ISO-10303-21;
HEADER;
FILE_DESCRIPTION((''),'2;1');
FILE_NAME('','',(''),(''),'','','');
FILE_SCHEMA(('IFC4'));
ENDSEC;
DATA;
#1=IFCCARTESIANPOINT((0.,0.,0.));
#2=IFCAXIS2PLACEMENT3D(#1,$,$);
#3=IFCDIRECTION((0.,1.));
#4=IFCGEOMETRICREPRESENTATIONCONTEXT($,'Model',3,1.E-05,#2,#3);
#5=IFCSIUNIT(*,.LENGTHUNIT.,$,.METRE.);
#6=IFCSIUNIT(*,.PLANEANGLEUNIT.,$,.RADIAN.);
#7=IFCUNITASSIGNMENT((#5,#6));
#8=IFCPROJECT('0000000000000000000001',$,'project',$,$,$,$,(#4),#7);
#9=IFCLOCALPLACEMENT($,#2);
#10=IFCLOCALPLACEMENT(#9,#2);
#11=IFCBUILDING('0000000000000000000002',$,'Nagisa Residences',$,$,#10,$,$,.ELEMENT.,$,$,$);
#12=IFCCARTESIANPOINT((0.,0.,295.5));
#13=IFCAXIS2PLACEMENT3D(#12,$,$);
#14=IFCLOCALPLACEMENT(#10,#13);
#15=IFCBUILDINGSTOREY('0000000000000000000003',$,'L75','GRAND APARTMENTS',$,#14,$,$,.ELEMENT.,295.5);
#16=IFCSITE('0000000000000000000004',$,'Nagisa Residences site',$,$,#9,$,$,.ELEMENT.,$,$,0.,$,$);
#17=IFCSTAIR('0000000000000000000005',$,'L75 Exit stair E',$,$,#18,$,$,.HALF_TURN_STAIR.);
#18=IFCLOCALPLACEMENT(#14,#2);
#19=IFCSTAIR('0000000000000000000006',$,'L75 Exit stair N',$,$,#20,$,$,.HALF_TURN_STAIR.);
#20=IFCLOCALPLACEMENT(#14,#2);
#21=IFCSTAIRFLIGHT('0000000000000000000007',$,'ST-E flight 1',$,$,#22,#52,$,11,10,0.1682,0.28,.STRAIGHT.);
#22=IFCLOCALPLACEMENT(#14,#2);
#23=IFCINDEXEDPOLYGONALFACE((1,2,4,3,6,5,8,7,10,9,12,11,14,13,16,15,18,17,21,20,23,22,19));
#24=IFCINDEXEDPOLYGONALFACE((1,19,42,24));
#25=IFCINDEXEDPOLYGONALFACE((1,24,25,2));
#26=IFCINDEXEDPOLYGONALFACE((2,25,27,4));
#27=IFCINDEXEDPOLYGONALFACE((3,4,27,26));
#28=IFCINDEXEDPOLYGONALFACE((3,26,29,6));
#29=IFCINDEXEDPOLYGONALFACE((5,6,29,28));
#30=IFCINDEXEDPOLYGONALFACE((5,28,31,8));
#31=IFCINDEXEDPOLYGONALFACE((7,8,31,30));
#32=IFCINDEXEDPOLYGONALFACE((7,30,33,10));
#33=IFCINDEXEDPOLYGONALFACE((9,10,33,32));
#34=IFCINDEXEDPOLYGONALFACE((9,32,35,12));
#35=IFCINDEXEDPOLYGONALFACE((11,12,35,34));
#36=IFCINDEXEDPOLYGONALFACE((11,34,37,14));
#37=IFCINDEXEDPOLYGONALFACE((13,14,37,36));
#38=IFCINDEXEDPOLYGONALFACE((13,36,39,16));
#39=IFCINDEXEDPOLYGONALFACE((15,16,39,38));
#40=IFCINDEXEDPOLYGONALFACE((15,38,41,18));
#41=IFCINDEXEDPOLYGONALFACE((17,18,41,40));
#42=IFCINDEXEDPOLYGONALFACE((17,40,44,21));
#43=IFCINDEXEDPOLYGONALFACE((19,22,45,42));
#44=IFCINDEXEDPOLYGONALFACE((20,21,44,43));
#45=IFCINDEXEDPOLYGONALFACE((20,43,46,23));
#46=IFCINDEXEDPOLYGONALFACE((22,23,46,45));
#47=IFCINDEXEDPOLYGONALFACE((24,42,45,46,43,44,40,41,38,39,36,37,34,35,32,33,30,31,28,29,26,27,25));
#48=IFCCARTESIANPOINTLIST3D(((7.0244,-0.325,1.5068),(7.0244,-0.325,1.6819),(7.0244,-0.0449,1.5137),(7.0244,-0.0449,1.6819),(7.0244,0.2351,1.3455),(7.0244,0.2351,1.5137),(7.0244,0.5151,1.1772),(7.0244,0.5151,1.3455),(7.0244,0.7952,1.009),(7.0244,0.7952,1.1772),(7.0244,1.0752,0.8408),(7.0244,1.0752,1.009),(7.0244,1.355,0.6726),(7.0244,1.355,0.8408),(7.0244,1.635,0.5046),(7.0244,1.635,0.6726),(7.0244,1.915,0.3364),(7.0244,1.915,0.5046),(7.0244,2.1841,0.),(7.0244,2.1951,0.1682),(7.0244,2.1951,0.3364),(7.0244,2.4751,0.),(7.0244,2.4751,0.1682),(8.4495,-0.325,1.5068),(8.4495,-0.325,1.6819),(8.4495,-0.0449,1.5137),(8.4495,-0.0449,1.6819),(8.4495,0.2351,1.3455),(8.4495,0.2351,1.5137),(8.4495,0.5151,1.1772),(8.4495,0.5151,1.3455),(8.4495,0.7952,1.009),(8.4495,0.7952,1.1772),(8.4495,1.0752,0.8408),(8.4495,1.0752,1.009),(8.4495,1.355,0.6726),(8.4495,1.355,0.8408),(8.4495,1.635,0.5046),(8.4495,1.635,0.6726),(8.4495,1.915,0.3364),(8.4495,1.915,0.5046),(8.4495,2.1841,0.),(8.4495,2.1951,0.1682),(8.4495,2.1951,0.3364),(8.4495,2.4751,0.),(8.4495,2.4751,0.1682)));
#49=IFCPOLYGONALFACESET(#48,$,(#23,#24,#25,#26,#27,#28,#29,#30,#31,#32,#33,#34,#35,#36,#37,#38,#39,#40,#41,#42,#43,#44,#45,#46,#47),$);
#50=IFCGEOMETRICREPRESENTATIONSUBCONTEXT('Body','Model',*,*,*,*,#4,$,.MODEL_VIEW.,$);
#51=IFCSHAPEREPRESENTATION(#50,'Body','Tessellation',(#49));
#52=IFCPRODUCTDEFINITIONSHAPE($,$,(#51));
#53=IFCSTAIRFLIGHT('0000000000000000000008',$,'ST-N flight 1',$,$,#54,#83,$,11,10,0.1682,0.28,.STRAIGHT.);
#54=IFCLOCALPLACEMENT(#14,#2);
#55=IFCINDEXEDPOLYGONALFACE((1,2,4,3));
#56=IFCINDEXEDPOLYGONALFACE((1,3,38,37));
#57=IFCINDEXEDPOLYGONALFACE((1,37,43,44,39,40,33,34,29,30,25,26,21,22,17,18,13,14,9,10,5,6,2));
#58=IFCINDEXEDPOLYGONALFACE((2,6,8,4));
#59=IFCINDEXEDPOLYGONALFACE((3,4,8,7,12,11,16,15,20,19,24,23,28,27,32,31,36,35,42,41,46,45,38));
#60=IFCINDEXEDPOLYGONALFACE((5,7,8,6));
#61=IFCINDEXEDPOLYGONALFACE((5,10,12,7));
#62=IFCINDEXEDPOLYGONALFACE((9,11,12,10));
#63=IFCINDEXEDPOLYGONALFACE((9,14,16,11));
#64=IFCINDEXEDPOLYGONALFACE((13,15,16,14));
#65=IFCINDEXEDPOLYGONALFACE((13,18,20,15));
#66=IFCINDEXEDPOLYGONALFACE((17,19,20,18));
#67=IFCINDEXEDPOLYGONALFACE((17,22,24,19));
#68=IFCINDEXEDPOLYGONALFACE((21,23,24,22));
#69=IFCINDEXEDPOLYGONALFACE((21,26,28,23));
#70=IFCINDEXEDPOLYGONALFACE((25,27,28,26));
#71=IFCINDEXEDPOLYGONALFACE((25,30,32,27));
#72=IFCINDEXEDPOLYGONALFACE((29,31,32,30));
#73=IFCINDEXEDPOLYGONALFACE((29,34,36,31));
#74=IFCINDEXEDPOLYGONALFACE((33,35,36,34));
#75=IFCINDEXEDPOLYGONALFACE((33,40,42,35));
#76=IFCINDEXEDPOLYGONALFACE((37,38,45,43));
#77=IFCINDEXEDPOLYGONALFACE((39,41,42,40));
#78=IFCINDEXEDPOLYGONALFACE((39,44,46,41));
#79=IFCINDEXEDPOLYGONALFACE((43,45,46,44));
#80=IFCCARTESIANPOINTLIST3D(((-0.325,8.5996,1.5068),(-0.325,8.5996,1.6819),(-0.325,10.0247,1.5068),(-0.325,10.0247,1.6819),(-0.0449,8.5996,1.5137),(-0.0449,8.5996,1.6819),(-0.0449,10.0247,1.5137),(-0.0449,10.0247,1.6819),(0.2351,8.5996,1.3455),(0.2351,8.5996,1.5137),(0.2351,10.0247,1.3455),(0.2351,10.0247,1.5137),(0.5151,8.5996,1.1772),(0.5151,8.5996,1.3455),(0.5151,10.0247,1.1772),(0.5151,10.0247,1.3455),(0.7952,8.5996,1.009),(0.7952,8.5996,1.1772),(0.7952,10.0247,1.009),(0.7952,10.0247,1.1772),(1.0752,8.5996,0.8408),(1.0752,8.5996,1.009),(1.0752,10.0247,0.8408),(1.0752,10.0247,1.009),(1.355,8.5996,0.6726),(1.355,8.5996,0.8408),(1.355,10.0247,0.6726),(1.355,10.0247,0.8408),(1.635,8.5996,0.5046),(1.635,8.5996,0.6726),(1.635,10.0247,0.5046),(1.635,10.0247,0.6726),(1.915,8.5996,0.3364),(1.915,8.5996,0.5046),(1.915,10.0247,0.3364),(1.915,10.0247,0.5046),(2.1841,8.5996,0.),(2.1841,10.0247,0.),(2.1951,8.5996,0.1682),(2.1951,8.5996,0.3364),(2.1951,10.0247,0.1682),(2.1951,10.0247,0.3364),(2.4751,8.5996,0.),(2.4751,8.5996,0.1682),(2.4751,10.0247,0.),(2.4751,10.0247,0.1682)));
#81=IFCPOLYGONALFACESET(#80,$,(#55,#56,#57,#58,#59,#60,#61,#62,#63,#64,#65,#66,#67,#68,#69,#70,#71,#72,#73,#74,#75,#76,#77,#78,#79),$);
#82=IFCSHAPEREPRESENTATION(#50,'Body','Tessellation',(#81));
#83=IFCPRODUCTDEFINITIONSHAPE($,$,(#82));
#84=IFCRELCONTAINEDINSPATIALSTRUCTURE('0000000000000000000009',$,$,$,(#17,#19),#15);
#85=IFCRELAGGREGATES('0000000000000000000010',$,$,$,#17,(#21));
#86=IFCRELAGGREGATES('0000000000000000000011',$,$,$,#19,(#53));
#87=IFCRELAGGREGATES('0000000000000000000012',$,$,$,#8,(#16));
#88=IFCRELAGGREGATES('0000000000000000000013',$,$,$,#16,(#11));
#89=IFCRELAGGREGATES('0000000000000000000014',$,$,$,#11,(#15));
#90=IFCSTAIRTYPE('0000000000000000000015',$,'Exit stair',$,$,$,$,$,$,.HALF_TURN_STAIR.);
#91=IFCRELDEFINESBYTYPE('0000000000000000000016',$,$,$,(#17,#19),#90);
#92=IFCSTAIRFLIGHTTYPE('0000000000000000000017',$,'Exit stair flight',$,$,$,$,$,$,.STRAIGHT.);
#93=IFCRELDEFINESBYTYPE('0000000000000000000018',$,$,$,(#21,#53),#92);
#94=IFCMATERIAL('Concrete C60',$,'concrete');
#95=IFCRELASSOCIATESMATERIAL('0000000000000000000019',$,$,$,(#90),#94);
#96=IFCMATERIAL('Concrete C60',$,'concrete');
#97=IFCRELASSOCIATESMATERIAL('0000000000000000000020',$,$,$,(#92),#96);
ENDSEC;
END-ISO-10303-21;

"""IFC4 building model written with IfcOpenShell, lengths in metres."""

from ifc_helpers import new_model, si_unit, direction, frame, origin, place, context, subcontext, project, spatial, polyline, outline, extrude, material, type_object, element, aggregate, save


model = new_model("IFC4")

# Units and contexts
model_context = context("Model", 3, precision=1e-05, world=origin(), true_north=direction((0.0, 1.0)))
body_context = subcontext(model_context, "Body", "Model", "MODEL_VIEW")
ifc_project = project(units=[si_unit("LENGTHUNIT", "METRE"), si_unit("PLANEANGLEUNIT", "RADIAN")], contexts=[model_context])

# Site, building, storey
site_placement = place(None, origin())
site = spatial("IfcSite", under=ifc_project, at=site_placement, Name="Nagisa Residences site", CompositionType="ELEMENT", RefElevation=0.0)
building_placement = place(site_placement, origin())
building = spatial("IfcBuilding", under=site, at=building_placement, Name="Nagisa Residences", CompositionType="ELEMENT")
storey_placement = place(building_placement, frame((0.0, 0.0, 295.5)))
storey = spatial("IfcBuildingStorey", under=building, at=storey_placement, Name="L75", Description="GRAND APARTMENTS", CompositionType="ELEMENT", Elevation=295.5)

# Stairs
ifc_material_1 = material(Name="Concrete C60", Category="concrete")
stair_type = type_object("IfcStairType", Name="Exit stair", PredefinedType="HALF_TURN_STAIR", material=ifc_material_1)
stair_1_placement = place(storey_placement, origin())
stair_1 = element("IfcStair", 1, at=stair_1_placement, inside=storey, type_object=stair_type, Name="L75 Exit stair E", PredefinedType="HALF_TURN_STAIR")
stair_2_placement = place(storey_placement, origin())
stair_2 = element("IfcStair", 2, at=stair_2_placement, inside=storey, type_object=stair_type, Name="L75 Exit stair N", PredefinedType="HALF_TURN_STAIR")

# Stair flights
ifc_material_2 = material(Name="Concrete C60", Category="concrete")
stair_flight_type = type_object("IfcStairFlightType", Name="Exit stair flight", PredefinedType="STRAIGHT", material=ifc_material_2)
stair_flight_1_placement = place(storey_placement, frame((7.7371, 2.4751, 0.0), z_axis=(0.0, 0.0, 1.0), x_axis=(0.0, -1.0, 0.0)))
stair_flight_1 = element("IfcStairFlight", 3, at=stair_flight_1_placement, type_object=stair_flight_type, Name="ST-E flight 1", NumberOfRisers=11, NumberOfTreads=10, PredefinedType="STRAIGHT", RiserHeight=0.1682, TreadLength=0.28, context=body_context, shape_type="SweptSolid", body=[
    extrude(outline(polyline([(0.0, 0.0), (0.0, 0.1682), (0.28, 0.1682), (0.28, 0.3364), (0.5601, 0.3364), (0.5601, 0.5046), (0.8401, 0.5046), (0.8401, 0.6726), (1.1201, 0.6726), (1.1201, 0.8408), (1.3999, 0.8408), (1.3999, 1.009), (1.6799, 1.009), (1.6799, 1.1772), (1.96, 1.1772), (1.96, 1.3455), (2.24, 1.3455), (2.24, 1.5137), (2.52, 1.5137), (2.52, 1.6819), (2.8, 1.6819), (2.8, 1.8501), (2.8, 1.5068), (0.291, 0.0), (0.0, 0.0)])), frame((0.0, 0.7124, 0.0), z_axis=(0.0, -1.0, 0.0), x_axis=(1.0, 0.0, 0.0)), (0.0, 0.0, 1.0), 1.425),
])
aggregate(stair_1, [stair_flight_1])
stair_flight_2_placement = place(storey_placement, frame((2.4751, 9.312, 0.0), z_axis=(0.0, 0.0, 1.0), x_axis=(-1.0, 0.0, 0.0)))
stair_flight_2 = element("IfcStairFlight", 4, at=stair_flight_2_placement, type_object=stair_flight_type, Name="ST-N flight 1", NumberOfRisers=11, NumberOfTreads=10, PredefinedType="STRAIGHT", RiserHeight=0.1682, TreadLength=0.28, context=body_context, shape_type="SweptSolid", body=[
    extrude(outline(polyline([(0.0, 0.0), (0.0, 0.1682), (0.28, 0.1682), (0.28, 0.3364), (0.5601, 0.3364), (0.5601, 0.5046), (0.8401, 0.5046), (0.8401, 0.6726), (1.1201, 0.6726), (1.1201, 0.8408), (1.3999, 0.8408), (1.3999, 1.009), (1.6799, 1.009), (1.6799, 1.1772), (1.96, 1.1772), (1.96, 1.3455), (2.24, 1.3455), (2.24, 1.5137), (2.52, 1.5137), (2.52, 1.6819), (2.8, 1.6819), (2.8, 1.8501), (2.8, 1.5068), (0.291, 0.0), (0.0, 0.0)])), frame((0.0, 0.7124, 0.0), z_axis=(0.0, -1.0, 0.0), x_axis=(1.0, 0.0, 0.0)), (0.0, 0.0, 1.0), 1.425),
])
aggregate(stair_2, [stair_flight_2])

save(model, "model.ifc")
